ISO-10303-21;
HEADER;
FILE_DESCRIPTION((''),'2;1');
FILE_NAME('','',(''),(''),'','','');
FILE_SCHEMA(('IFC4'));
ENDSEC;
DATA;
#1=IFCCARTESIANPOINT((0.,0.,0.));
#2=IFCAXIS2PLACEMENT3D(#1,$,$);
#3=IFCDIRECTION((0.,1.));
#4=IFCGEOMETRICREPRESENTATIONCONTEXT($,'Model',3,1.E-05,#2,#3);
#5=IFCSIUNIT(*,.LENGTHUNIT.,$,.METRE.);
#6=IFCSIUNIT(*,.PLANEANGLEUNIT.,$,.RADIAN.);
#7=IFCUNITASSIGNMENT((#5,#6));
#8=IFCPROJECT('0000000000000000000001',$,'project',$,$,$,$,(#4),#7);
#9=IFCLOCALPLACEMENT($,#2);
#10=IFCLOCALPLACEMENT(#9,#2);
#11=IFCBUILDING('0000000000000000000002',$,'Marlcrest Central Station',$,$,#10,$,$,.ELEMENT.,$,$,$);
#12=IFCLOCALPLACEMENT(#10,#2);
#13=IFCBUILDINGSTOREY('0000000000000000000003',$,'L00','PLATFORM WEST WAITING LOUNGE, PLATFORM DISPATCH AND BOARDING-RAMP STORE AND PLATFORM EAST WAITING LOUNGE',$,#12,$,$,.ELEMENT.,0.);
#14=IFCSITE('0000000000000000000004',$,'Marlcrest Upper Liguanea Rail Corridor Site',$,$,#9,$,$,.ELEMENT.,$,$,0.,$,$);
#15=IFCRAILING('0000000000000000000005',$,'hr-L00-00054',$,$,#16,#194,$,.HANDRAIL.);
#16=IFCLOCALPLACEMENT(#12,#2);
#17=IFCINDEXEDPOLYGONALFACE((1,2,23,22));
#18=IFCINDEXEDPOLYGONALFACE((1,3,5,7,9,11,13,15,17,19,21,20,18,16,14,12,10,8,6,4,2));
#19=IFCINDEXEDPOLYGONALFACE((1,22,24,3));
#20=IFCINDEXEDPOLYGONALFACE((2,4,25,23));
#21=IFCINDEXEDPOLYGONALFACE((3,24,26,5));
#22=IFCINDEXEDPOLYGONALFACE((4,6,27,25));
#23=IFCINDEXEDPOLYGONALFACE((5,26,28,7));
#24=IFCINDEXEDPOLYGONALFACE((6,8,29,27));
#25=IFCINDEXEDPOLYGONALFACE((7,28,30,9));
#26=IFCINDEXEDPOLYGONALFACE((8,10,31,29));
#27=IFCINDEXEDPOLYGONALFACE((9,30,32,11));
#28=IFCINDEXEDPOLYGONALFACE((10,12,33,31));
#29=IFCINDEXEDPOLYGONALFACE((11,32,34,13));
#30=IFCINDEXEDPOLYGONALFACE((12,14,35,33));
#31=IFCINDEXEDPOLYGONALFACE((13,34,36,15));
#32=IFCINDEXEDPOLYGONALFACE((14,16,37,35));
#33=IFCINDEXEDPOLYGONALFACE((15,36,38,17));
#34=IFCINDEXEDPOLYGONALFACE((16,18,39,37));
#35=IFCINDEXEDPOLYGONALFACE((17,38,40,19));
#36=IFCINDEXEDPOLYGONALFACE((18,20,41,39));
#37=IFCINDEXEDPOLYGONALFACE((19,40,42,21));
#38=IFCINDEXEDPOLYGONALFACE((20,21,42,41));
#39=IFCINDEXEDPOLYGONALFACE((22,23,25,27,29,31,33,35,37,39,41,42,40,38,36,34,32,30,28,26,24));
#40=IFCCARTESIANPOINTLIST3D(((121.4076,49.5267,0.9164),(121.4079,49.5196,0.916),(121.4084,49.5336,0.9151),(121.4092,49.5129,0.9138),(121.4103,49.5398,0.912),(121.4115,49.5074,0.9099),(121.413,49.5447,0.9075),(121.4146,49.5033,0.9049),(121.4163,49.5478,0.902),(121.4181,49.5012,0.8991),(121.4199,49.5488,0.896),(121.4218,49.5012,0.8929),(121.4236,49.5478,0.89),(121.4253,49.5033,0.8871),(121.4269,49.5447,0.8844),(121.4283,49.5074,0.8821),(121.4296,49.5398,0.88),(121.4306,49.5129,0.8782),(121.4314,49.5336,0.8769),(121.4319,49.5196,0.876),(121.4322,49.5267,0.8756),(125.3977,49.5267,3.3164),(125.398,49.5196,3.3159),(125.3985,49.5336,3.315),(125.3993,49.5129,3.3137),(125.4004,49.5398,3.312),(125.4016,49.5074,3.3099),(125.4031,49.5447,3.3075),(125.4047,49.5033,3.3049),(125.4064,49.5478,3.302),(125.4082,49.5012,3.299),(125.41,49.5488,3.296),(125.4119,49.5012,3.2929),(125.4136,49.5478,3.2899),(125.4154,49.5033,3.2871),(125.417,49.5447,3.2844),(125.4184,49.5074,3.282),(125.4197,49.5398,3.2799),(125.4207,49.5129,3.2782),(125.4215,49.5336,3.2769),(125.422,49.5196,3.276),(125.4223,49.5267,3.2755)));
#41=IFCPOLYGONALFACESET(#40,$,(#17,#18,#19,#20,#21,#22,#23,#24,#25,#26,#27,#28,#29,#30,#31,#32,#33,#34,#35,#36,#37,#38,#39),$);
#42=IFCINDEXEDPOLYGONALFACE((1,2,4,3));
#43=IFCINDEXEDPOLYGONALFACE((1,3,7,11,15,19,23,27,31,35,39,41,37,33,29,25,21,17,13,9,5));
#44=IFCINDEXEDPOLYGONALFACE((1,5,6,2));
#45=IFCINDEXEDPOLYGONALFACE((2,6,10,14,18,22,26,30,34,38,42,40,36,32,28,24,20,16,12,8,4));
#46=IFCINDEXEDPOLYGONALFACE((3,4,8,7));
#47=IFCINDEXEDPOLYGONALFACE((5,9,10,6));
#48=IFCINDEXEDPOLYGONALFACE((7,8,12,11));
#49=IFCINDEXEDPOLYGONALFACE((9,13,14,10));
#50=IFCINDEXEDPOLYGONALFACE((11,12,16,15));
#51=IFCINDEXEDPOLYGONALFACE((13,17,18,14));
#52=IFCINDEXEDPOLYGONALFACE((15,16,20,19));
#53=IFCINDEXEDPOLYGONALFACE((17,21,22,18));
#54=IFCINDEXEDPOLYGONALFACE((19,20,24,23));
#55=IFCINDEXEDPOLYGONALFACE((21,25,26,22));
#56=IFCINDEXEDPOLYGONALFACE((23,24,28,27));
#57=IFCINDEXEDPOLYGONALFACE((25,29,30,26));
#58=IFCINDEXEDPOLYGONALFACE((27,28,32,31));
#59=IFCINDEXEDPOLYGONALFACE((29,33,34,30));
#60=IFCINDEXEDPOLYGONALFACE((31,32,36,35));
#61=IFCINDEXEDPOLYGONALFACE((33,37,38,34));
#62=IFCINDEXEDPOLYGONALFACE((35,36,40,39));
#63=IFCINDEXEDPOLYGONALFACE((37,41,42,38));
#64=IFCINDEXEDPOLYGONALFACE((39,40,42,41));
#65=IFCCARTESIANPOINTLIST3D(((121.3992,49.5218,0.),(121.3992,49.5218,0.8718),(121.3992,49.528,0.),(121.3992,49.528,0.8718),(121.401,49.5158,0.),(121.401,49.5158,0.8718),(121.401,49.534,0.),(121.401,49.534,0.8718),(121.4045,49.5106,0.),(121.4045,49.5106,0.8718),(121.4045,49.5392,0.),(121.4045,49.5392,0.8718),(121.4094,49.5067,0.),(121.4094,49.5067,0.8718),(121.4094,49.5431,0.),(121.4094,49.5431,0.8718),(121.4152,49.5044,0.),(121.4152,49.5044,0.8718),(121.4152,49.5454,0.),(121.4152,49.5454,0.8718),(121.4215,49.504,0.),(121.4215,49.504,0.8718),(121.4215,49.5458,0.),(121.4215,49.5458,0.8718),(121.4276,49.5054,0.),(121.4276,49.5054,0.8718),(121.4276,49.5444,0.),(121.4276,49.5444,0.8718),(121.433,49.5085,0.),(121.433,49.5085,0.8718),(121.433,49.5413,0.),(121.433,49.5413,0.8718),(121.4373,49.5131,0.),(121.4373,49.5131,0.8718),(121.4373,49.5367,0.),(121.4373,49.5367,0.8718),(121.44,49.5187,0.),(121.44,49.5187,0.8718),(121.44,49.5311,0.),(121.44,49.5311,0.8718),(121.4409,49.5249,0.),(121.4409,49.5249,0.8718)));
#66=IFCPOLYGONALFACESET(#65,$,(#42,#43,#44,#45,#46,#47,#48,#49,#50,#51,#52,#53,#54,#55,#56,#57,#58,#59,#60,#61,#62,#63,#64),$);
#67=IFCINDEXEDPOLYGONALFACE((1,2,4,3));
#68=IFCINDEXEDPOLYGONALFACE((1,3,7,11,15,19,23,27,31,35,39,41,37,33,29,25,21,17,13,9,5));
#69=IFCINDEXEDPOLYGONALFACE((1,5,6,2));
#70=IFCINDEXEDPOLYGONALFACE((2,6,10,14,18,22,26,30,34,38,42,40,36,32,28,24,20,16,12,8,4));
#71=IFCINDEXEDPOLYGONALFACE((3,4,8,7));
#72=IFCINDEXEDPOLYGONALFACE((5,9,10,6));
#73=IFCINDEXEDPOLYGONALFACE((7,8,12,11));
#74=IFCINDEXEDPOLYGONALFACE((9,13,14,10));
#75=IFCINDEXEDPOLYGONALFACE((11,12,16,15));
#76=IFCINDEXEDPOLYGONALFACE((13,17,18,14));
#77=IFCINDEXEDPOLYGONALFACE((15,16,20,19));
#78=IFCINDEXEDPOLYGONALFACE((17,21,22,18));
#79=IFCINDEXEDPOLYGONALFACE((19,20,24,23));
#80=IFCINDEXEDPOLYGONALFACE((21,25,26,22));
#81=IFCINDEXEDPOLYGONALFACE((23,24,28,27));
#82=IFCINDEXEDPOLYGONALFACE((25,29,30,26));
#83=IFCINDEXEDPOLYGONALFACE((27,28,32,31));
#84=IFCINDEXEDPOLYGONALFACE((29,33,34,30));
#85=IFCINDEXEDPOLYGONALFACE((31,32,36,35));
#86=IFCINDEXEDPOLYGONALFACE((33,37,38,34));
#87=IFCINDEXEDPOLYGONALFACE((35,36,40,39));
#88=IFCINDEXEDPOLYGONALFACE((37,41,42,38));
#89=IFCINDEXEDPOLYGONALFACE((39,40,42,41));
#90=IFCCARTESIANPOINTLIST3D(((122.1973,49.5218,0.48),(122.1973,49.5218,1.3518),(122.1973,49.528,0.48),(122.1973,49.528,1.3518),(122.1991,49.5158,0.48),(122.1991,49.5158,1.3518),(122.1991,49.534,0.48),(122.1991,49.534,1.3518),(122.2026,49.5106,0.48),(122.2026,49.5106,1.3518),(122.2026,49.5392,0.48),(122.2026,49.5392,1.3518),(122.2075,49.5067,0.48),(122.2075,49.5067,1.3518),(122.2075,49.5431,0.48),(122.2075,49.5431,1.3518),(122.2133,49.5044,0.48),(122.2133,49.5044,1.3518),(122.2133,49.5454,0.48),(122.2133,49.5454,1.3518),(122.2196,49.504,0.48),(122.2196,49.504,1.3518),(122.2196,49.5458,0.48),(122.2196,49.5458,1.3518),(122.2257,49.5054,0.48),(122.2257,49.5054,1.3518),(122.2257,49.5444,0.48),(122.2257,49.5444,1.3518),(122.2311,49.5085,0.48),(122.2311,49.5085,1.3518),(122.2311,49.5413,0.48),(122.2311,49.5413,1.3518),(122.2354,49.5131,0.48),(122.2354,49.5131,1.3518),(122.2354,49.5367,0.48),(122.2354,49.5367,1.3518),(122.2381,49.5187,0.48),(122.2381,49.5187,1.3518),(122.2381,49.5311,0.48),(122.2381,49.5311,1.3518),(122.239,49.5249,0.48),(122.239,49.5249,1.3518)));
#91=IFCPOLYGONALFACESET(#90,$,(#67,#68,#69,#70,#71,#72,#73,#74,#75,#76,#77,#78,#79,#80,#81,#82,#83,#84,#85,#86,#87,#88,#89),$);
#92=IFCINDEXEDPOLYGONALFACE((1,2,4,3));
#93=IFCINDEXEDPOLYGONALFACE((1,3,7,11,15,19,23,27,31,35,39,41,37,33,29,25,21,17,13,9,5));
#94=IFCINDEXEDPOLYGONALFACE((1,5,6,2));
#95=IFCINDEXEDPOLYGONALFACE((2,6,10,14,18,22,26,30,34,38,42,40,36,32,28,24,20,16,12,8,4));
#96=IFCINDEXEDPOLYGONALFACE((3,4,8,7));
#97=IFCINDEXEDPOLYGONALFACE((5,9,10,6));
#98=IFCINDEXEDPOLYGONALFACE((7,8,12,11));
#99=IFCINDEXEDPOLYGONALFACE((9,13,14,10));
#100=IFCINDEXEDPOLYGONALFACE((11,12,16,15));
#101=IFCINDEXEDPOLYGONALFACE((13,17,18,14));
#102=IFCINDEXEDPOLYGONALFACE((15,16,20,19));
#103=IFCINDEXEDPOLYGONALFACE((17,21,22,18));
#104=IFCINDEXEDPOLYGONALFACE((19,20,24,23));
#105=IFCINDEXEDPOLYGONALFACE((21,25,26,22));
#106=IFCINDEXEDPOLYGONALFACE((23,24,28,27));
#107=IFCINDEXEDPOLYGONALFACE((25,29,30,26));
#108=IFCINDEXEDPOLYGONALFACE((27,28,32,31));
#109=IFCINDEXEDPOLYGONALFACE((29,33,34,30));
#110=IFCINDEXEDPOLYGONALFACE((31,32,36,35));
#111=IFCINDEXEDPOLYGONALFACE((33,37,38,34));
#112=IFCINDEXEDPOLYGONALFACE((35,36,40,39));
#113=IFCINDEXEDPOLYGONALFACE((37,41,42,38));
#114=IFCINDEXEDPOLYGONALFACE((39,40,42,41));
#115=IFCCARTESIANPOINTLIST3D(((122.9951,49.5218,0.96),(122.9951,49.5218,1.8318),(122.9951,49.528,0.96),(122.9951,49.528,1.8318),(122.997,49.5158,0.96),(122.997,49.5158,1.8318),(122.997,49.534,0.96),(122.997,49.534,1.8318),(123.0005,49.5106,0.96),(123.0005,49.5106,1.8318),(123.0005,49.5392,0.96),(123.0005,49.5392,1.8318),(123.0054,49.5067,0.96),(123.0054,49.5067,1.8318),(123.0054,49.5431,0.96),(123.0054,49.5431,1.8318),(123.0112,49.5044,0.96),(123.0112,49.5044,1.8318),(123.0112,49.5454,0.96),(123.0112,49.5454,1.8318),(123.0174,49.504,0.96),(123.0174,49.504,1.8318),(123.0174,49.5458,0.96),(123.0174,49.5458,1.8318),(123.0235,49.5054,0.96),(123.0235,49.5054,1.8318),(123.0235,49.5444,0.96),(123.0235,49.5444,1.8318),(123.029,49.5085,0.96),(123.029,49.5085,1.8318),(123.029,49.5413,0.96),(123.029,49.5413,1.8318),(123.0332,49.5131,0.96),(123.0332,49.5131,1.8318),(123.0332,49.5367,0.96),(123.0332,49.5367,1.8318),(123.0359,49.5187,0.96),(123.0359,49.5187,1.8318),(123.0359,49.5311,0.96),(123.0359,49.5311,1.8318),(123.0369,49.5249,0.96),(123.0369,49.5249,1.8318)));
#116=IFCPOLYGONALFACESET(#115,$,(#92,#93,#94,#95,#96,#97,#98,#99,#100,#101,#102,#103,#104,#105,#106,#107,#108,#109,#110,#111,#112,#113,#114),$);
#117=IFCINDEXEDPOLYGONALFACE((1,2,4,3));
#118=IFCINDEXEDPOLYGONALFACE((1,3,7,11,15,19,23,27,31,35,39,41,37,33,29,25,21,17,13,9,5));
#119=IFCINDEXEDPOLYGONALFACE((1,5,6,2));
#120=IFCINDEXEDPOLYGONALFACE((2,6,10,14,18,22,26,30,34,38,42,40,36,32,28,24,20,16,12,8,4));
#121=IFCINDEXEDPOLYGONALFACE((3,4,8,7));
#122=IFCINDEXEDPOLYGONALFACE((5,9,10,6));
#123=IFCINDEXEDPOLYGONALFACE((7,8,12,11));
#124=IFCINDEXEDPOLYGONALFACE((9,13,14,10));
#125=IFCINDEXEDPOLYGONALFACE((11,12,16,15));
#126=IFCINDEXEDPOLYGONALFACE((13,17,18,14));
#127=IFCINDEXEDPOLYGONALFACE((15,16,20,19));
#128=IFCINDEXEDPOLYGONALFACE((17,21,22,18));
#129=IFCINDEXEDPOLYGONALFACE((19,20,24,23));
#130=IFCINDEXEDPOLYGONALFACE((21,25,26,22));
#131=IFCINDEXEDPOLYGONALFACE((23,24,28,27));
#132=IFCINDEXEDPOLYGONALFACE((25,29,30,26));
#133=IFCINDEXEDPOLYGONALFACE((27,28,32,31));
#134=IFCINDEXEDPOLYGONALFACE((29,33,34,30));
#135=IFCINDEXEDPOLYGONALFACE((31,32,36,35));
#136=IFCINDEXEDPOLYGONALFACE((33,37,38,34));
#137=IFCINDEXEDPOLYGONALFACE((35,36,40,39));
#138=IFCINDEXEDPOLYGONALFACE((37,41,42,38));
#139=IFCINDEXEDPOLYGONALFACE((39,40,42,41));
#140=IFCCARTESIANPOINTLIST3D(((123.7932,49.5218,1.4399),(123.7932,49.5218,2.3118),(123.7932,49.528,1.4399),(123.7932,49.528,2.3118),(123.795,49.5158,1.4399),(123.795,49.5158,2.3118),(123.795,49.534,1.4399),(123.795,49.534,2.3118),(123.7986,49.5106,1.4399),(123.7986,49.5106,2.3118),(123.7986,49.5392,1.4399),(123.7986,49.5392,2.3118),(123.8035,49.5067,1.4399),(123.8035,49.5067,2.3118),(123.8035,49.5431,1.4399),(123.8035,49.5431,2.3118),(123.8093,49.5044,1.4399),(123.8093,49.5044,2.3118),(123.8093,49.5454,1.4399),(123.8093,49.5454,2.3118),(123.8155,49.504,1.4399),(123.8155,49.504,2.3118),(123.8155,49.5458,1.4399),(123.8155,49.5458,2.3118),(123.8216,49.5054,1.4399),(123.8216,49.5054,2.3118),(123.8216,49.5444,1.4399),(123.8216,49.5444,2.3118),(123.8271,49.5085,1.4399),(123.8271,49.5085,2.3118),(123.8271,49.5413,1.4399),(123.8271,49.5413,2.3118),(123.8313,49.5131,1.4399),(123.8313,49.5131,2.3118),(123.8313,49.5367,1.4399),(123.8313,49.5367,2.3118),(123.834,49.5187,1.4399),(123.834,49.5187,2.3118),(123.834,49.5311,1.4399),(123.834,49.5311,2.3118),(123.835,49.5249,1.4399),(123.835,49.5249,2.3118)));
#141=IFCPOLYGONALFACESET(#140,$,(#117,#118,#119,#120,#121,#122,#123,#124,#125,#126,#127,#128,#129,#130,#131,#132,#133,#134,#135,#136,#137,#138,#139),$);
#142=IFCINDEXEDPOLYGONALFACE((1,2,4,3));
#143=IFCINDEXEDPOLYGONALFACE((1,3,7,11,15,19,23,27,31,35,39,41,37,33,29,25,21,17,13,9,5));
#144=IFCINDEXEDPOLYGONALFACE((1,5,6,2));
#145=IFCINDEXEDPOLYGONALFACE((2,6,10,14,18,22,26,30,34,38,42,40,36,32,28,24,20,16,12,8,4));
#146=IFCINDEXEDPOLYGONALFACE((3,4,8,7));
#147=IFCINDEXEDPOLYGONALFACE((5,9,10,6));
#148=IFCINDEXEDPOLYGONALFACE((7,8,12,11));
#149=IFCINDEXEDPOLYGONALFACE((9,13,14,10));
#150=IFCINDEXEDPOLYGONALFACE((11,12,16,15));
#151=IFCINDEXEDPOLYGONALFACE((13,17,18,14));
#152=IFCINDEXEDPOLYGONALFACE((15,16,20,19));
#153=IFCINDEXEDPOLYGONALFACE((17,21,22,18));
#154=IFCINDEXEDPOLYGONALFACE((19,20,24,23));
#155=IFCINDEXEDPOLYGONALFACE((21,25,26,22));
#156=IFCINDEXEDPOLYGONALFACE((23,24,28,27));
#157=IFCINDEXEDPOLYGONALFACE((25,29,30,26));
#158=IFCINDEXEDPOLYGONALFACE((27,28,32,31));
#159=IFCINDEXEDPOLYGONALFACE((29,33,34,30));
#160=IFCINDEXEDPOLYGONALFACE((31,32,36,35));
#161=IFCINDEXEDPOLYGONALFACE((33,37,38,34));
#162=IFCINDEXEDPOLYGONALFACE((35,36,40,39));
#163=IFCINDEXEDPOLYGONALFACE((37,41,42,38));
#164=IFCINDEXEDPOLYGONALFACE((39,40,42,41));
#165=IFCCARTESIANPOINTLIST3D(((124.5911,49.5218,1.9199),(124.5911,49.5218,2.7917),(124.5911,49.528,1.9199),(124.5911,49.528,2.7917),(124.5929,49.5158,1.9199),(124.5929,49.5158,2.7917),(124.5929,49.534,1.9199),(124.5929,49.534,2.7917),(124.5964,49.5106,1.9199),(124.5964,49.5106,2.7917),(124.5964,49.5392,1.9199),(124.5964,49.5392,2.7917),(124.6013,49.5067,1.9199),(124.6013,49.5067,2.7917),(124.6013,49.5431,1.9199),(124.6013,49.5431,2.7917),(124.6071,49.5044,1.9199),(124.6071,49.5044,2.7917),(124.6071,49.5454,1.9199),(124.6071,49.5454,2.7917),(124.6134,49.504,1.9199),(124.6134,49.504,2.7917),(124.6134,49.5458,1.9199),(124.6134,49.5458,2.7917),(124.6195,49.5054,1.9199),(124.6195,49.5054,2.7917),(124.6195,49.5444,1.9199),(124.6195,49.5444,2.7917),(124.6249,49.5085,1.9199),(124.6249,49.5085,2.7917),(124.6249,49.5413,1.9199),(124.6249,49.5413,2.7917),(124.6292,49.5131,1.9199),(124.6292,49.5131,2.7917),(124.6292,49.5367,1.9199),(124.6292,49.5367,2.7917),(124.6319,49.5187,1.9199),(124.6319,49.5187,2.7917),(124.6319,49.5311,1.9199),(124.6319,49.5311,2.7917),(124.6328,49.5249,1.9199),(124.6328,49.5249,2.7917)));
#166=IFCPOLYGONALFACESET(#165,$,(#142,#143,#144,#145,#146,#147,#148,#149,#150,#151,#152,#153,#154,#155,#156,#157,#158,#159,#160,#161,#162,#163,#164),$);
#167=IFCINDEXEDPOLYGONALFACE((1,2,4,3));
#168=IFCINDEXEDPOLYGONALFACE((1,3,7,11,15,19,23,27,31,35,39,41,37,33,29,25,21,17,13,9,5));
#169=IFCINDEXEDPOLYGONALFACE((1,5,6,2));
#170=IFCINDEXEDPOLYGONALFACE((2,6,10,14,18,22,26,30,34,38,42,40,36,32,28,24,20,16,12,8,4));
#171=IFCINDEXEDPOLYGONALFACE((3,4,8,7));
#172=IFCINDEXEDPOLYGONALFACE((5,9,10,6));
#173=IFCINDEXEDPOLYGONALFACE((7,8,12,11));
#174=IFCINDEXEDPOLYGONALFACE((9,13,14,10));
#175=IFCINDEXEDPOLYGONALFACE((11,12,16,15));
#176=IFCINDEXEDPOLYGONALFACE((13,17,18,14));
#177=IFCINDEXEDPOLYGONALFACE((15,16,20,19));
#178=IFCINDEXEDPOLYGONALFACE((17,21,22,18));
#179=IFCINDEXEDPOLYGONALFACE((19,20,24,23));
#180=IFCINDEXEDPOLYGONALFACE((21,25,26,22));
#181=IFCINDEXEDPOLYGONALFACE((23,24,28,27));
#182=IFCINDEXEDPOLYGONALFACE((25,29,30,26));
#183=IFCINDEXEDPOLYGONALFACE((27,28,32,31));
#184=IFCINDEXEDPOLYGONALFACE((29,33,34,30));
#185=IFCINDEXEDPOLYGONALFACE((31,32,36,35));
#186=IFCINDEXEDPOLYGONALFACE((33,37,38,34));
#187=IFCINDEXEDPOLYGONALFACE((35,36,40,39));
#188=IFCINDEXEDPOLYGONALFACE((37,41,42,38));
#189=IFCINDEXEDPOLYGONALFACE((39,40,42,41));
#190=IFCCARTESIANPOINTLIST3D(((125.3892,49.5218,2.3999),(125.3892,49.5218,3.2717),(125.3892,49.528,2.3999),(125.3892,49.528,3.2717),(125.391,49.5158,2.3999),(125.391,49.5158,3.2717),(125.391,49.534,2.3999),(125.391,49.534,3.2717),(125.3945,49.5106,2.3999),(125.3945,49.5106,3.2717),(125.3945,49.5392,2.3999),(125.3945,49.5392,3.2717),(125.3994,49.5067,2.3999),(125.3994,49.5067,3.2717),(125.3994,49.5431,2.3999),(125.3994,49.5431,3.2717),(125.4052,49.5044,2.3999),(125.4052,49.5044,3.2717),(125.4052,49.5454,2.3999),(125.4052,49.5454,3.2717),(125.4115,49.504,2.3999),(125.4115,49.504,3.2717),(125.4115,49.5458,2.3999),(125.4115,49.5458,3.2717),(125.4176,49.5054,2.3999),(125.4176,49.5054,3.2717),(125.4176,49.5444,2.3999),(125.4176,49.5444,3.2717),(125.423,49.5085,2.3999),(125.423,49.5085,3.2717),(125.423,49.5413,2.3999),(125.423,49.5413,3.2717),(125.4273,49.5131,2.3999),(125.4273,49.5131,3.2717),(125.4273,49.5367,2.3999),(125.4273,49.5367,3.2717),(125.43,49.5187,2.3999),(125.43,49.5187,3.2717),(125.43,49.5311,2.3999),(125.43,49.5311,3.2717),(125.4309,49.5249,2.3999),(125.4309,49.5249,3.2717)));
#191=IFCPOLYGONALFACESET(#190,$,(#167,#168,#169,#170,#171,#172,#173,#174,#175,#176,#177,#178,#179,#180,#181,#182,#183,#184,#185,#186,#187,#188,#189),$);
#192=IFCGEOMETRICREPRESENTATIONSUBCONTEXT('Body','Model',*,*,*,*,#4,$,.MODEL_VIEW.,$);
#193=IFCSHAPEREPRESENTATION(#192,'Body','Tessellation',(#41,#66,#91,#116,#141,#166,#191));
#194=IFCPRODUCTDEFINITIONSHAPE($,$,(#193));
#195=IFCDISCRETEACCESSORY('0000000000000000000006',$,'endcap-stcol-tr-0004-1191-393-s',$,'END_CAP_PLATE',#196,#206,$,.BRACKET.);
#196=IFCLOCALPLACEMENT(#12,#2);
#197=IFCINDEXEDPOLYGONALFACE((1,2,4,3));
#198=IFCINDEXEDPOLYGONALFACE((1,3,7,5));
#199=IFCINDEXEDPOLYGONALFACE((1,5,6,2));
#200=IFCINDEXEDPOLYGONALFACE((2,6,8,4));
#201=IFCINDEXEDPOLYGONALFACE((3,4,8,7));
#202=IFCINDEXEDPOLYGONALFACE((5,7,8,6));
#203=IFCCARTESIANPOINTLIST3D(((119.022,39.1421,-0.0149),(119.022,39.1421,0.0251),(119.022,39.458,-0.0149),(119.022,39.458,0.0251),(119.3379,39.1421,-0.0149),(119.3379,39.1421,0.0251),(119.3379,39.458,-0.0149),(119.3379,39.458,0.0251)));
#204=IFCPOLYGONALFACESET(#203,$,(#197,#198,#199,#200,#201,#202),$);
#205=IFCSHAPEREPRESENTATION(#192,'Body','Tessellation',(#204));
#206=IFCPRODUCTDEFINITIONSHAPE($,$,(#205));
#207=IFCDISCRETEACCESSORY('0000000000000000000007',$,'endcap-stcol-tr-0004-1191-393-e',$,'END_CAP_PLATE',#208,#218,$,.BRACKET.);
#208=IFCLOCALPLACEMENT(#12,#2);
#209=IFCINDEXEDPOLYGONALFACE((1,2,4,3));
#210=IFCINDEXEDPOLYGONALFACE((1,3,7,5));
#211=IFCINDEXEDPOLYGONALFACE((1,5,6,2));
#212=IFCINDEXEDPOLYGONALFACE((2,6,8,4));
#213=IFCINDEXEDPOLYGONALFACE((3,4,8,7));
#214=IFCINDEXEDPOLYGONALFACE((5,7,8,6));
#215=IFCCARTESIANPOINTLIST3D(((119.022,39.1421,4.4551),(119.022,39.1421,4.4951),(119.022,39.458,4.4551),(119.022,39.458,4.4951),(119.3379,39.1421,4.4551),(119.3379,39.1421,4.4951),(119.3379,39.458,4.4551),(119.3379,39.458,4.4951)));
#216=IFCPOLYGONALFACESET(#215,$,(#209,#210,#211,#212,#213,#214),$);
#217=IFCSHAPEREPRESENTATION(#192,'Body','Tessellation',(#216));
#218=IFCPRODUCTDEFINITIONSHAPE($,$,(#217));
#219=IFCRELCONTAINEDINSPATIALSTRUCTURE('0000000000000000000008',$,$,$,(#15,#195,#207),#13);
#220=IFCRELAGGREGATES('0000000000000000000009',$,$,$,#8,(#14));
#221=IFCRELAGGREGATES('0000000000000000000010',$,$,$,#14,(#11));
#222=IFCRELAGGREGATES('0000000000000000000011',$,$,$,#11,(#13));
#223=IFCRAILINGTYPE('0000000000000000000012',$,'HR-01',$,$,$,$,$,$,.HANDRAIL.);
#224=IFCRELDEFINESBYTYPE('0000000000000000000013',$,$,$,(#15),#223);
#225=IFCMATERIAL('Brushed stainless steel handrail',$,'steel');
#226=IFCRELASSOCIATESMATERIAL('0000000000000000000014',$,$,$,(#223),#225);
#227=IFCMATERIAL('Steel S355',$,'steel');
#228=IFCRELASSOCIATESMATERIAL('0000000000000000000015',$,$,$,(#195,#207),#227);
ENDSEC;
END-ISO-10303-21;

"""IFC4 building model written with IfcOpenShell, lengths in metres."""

from ifc_helpers import new_model, si_unit, direction, frame, origin, origin_2d, place, context, subcontext, project, spatial, rectangle, circle, extrude, material, type_object, element, save


model = new_model("IFC4")

# Units and contexts
model_context = context("Model", 3, precision=1e-05, world=origin(), true_north=direction((0.0, 1.0)))
body_context = subcontext(model_context, "Body", "Model", "MODEL_VIEW")
ifc_project = project(units=[si_unit("LENGTHUNIT", "METRE"), si_unit("PLANEANGLEUNIT", "RADIAN")], contexts=[model_context])

# Site, building, storey
site_placement = place(None, origin())
site = spatial("IfcSite", under=ifc_project, at=site_placement, Name="Marlcrest Upper Liguanea Rail Corridor Site", CompositionType="ELEMENT", RefElevation=0.0)
building_placement = place(site_placement, origin())
building = spatial("IfcBuilding", under=site, at=building_placement, Name="Marlcrest Central Station", CompositionType="ELEMENT")
storey_placement = place(building_placement, origin())
storey = spatial("IfcBuildingStorey", under=building, at=storey_placement, Name="L00", Description="PLATFORM WEST WAITING LOUNGE, PLATFORM DISPATCH AND BOARDING-RAMP STORE AND PLATFORM EAST WAITING LOUNGE", CompositionType="ELEMENT", Elevation=0.0)

# Shared definitions
ifc_material_1 = material(Name="Steel S355", Category="steel")

# Railing
ifc_material_2 = material(Name="Brushed stainless steel handrail", Category="steel")
railing_type = type_object("IfcRailingType", Name="HR-01", PredefinedType="HANDRAIL", material=ifc_material_2)
railing_placement = place(storey_placement, frame((121.4199, 49.5249, 0.0)))
element("IfcRailing", 1, at=railing_placement, inside=storey, type_object=railing_type, Name="hr-L00-00054", PredefinedType="HANDRAIL", context=body_context, shape_type="SweptSolid", body=[
    extrude(circle(Radius=0.0239, at=origin_2d()), frame((0.0, 0.0, 0.896), z_axis=(0.856933, 0.0, 0.515428), x_axis=(0.0, 1.0, 0.0)), (0.0, 0.0, 1.0), 4.6562),
    extrude(circle(Radius=0.021, at=origin_2d()), origin(), (0.0, 0.0, 1.0), 0.8718),
    extrude(circle(Radius=0.021, at=origin_2d()), frame((0.7981, 0.0, 0.48)), (0.0, 0.0, 1.0), 0.8718),
    extrude(circle(Radius=0.021, at=origin_2d()), frame((1.5959, 0.0, 0.96)), (0.0, 0.0, 1.0), 0.8718),
    extrude(circle(Radius=0.021, at=origin_2d()), frame((2.394, 0.0, 1.4399)), (0.0, 0.0, 1.0), 0.8718),
    extrude(circle(Radius=0.021, at=origin_2d()), frame((3.1919, 0.0, 1.9199)), (0.0, 0.0, 1.0), 0.8718),
    extrude(circle(Radius=0.021, at=origin_2d()), frame((3.99, 0.0, 2.3999)), (0.0, 0.0, 1.0), 0.8718),
])

# Discrete accessories
for number, where, z_axis, x_axis, name in (
    (2, (119.1799, 39.3, -0.0149), (0.0, 0.0, 1.0), (1.0, 0.0, 0.0), "endcap-stcol-tr-0004-1191-393-s"),
    (3, (119.1799, 39.3, 4.4551), (0.0, 0.0, 1.0), (1.0, 0.0, 0.0), "endcap-stcol-tr-0004-1191-393-e"),
):
    element("IfcDiscreteAccessory", number, at=place(storey_placement, frame(where, z_axis=z_axis, x_axis=x_axis)), inside=storey, material=ifc_material_1, Name=name, ObjectType="END_CAP_PLATE", PredefinedType="BRACKET", context=body_context, shape_type="SweptSolid", body=[
        extrude(rectangle(XDim=0.3159, YDim=0.3159, at=origin_2d()), origin(), (0.0, 0.0, 1.0), 0.04),
    ])

save(model, "model.ifc")
